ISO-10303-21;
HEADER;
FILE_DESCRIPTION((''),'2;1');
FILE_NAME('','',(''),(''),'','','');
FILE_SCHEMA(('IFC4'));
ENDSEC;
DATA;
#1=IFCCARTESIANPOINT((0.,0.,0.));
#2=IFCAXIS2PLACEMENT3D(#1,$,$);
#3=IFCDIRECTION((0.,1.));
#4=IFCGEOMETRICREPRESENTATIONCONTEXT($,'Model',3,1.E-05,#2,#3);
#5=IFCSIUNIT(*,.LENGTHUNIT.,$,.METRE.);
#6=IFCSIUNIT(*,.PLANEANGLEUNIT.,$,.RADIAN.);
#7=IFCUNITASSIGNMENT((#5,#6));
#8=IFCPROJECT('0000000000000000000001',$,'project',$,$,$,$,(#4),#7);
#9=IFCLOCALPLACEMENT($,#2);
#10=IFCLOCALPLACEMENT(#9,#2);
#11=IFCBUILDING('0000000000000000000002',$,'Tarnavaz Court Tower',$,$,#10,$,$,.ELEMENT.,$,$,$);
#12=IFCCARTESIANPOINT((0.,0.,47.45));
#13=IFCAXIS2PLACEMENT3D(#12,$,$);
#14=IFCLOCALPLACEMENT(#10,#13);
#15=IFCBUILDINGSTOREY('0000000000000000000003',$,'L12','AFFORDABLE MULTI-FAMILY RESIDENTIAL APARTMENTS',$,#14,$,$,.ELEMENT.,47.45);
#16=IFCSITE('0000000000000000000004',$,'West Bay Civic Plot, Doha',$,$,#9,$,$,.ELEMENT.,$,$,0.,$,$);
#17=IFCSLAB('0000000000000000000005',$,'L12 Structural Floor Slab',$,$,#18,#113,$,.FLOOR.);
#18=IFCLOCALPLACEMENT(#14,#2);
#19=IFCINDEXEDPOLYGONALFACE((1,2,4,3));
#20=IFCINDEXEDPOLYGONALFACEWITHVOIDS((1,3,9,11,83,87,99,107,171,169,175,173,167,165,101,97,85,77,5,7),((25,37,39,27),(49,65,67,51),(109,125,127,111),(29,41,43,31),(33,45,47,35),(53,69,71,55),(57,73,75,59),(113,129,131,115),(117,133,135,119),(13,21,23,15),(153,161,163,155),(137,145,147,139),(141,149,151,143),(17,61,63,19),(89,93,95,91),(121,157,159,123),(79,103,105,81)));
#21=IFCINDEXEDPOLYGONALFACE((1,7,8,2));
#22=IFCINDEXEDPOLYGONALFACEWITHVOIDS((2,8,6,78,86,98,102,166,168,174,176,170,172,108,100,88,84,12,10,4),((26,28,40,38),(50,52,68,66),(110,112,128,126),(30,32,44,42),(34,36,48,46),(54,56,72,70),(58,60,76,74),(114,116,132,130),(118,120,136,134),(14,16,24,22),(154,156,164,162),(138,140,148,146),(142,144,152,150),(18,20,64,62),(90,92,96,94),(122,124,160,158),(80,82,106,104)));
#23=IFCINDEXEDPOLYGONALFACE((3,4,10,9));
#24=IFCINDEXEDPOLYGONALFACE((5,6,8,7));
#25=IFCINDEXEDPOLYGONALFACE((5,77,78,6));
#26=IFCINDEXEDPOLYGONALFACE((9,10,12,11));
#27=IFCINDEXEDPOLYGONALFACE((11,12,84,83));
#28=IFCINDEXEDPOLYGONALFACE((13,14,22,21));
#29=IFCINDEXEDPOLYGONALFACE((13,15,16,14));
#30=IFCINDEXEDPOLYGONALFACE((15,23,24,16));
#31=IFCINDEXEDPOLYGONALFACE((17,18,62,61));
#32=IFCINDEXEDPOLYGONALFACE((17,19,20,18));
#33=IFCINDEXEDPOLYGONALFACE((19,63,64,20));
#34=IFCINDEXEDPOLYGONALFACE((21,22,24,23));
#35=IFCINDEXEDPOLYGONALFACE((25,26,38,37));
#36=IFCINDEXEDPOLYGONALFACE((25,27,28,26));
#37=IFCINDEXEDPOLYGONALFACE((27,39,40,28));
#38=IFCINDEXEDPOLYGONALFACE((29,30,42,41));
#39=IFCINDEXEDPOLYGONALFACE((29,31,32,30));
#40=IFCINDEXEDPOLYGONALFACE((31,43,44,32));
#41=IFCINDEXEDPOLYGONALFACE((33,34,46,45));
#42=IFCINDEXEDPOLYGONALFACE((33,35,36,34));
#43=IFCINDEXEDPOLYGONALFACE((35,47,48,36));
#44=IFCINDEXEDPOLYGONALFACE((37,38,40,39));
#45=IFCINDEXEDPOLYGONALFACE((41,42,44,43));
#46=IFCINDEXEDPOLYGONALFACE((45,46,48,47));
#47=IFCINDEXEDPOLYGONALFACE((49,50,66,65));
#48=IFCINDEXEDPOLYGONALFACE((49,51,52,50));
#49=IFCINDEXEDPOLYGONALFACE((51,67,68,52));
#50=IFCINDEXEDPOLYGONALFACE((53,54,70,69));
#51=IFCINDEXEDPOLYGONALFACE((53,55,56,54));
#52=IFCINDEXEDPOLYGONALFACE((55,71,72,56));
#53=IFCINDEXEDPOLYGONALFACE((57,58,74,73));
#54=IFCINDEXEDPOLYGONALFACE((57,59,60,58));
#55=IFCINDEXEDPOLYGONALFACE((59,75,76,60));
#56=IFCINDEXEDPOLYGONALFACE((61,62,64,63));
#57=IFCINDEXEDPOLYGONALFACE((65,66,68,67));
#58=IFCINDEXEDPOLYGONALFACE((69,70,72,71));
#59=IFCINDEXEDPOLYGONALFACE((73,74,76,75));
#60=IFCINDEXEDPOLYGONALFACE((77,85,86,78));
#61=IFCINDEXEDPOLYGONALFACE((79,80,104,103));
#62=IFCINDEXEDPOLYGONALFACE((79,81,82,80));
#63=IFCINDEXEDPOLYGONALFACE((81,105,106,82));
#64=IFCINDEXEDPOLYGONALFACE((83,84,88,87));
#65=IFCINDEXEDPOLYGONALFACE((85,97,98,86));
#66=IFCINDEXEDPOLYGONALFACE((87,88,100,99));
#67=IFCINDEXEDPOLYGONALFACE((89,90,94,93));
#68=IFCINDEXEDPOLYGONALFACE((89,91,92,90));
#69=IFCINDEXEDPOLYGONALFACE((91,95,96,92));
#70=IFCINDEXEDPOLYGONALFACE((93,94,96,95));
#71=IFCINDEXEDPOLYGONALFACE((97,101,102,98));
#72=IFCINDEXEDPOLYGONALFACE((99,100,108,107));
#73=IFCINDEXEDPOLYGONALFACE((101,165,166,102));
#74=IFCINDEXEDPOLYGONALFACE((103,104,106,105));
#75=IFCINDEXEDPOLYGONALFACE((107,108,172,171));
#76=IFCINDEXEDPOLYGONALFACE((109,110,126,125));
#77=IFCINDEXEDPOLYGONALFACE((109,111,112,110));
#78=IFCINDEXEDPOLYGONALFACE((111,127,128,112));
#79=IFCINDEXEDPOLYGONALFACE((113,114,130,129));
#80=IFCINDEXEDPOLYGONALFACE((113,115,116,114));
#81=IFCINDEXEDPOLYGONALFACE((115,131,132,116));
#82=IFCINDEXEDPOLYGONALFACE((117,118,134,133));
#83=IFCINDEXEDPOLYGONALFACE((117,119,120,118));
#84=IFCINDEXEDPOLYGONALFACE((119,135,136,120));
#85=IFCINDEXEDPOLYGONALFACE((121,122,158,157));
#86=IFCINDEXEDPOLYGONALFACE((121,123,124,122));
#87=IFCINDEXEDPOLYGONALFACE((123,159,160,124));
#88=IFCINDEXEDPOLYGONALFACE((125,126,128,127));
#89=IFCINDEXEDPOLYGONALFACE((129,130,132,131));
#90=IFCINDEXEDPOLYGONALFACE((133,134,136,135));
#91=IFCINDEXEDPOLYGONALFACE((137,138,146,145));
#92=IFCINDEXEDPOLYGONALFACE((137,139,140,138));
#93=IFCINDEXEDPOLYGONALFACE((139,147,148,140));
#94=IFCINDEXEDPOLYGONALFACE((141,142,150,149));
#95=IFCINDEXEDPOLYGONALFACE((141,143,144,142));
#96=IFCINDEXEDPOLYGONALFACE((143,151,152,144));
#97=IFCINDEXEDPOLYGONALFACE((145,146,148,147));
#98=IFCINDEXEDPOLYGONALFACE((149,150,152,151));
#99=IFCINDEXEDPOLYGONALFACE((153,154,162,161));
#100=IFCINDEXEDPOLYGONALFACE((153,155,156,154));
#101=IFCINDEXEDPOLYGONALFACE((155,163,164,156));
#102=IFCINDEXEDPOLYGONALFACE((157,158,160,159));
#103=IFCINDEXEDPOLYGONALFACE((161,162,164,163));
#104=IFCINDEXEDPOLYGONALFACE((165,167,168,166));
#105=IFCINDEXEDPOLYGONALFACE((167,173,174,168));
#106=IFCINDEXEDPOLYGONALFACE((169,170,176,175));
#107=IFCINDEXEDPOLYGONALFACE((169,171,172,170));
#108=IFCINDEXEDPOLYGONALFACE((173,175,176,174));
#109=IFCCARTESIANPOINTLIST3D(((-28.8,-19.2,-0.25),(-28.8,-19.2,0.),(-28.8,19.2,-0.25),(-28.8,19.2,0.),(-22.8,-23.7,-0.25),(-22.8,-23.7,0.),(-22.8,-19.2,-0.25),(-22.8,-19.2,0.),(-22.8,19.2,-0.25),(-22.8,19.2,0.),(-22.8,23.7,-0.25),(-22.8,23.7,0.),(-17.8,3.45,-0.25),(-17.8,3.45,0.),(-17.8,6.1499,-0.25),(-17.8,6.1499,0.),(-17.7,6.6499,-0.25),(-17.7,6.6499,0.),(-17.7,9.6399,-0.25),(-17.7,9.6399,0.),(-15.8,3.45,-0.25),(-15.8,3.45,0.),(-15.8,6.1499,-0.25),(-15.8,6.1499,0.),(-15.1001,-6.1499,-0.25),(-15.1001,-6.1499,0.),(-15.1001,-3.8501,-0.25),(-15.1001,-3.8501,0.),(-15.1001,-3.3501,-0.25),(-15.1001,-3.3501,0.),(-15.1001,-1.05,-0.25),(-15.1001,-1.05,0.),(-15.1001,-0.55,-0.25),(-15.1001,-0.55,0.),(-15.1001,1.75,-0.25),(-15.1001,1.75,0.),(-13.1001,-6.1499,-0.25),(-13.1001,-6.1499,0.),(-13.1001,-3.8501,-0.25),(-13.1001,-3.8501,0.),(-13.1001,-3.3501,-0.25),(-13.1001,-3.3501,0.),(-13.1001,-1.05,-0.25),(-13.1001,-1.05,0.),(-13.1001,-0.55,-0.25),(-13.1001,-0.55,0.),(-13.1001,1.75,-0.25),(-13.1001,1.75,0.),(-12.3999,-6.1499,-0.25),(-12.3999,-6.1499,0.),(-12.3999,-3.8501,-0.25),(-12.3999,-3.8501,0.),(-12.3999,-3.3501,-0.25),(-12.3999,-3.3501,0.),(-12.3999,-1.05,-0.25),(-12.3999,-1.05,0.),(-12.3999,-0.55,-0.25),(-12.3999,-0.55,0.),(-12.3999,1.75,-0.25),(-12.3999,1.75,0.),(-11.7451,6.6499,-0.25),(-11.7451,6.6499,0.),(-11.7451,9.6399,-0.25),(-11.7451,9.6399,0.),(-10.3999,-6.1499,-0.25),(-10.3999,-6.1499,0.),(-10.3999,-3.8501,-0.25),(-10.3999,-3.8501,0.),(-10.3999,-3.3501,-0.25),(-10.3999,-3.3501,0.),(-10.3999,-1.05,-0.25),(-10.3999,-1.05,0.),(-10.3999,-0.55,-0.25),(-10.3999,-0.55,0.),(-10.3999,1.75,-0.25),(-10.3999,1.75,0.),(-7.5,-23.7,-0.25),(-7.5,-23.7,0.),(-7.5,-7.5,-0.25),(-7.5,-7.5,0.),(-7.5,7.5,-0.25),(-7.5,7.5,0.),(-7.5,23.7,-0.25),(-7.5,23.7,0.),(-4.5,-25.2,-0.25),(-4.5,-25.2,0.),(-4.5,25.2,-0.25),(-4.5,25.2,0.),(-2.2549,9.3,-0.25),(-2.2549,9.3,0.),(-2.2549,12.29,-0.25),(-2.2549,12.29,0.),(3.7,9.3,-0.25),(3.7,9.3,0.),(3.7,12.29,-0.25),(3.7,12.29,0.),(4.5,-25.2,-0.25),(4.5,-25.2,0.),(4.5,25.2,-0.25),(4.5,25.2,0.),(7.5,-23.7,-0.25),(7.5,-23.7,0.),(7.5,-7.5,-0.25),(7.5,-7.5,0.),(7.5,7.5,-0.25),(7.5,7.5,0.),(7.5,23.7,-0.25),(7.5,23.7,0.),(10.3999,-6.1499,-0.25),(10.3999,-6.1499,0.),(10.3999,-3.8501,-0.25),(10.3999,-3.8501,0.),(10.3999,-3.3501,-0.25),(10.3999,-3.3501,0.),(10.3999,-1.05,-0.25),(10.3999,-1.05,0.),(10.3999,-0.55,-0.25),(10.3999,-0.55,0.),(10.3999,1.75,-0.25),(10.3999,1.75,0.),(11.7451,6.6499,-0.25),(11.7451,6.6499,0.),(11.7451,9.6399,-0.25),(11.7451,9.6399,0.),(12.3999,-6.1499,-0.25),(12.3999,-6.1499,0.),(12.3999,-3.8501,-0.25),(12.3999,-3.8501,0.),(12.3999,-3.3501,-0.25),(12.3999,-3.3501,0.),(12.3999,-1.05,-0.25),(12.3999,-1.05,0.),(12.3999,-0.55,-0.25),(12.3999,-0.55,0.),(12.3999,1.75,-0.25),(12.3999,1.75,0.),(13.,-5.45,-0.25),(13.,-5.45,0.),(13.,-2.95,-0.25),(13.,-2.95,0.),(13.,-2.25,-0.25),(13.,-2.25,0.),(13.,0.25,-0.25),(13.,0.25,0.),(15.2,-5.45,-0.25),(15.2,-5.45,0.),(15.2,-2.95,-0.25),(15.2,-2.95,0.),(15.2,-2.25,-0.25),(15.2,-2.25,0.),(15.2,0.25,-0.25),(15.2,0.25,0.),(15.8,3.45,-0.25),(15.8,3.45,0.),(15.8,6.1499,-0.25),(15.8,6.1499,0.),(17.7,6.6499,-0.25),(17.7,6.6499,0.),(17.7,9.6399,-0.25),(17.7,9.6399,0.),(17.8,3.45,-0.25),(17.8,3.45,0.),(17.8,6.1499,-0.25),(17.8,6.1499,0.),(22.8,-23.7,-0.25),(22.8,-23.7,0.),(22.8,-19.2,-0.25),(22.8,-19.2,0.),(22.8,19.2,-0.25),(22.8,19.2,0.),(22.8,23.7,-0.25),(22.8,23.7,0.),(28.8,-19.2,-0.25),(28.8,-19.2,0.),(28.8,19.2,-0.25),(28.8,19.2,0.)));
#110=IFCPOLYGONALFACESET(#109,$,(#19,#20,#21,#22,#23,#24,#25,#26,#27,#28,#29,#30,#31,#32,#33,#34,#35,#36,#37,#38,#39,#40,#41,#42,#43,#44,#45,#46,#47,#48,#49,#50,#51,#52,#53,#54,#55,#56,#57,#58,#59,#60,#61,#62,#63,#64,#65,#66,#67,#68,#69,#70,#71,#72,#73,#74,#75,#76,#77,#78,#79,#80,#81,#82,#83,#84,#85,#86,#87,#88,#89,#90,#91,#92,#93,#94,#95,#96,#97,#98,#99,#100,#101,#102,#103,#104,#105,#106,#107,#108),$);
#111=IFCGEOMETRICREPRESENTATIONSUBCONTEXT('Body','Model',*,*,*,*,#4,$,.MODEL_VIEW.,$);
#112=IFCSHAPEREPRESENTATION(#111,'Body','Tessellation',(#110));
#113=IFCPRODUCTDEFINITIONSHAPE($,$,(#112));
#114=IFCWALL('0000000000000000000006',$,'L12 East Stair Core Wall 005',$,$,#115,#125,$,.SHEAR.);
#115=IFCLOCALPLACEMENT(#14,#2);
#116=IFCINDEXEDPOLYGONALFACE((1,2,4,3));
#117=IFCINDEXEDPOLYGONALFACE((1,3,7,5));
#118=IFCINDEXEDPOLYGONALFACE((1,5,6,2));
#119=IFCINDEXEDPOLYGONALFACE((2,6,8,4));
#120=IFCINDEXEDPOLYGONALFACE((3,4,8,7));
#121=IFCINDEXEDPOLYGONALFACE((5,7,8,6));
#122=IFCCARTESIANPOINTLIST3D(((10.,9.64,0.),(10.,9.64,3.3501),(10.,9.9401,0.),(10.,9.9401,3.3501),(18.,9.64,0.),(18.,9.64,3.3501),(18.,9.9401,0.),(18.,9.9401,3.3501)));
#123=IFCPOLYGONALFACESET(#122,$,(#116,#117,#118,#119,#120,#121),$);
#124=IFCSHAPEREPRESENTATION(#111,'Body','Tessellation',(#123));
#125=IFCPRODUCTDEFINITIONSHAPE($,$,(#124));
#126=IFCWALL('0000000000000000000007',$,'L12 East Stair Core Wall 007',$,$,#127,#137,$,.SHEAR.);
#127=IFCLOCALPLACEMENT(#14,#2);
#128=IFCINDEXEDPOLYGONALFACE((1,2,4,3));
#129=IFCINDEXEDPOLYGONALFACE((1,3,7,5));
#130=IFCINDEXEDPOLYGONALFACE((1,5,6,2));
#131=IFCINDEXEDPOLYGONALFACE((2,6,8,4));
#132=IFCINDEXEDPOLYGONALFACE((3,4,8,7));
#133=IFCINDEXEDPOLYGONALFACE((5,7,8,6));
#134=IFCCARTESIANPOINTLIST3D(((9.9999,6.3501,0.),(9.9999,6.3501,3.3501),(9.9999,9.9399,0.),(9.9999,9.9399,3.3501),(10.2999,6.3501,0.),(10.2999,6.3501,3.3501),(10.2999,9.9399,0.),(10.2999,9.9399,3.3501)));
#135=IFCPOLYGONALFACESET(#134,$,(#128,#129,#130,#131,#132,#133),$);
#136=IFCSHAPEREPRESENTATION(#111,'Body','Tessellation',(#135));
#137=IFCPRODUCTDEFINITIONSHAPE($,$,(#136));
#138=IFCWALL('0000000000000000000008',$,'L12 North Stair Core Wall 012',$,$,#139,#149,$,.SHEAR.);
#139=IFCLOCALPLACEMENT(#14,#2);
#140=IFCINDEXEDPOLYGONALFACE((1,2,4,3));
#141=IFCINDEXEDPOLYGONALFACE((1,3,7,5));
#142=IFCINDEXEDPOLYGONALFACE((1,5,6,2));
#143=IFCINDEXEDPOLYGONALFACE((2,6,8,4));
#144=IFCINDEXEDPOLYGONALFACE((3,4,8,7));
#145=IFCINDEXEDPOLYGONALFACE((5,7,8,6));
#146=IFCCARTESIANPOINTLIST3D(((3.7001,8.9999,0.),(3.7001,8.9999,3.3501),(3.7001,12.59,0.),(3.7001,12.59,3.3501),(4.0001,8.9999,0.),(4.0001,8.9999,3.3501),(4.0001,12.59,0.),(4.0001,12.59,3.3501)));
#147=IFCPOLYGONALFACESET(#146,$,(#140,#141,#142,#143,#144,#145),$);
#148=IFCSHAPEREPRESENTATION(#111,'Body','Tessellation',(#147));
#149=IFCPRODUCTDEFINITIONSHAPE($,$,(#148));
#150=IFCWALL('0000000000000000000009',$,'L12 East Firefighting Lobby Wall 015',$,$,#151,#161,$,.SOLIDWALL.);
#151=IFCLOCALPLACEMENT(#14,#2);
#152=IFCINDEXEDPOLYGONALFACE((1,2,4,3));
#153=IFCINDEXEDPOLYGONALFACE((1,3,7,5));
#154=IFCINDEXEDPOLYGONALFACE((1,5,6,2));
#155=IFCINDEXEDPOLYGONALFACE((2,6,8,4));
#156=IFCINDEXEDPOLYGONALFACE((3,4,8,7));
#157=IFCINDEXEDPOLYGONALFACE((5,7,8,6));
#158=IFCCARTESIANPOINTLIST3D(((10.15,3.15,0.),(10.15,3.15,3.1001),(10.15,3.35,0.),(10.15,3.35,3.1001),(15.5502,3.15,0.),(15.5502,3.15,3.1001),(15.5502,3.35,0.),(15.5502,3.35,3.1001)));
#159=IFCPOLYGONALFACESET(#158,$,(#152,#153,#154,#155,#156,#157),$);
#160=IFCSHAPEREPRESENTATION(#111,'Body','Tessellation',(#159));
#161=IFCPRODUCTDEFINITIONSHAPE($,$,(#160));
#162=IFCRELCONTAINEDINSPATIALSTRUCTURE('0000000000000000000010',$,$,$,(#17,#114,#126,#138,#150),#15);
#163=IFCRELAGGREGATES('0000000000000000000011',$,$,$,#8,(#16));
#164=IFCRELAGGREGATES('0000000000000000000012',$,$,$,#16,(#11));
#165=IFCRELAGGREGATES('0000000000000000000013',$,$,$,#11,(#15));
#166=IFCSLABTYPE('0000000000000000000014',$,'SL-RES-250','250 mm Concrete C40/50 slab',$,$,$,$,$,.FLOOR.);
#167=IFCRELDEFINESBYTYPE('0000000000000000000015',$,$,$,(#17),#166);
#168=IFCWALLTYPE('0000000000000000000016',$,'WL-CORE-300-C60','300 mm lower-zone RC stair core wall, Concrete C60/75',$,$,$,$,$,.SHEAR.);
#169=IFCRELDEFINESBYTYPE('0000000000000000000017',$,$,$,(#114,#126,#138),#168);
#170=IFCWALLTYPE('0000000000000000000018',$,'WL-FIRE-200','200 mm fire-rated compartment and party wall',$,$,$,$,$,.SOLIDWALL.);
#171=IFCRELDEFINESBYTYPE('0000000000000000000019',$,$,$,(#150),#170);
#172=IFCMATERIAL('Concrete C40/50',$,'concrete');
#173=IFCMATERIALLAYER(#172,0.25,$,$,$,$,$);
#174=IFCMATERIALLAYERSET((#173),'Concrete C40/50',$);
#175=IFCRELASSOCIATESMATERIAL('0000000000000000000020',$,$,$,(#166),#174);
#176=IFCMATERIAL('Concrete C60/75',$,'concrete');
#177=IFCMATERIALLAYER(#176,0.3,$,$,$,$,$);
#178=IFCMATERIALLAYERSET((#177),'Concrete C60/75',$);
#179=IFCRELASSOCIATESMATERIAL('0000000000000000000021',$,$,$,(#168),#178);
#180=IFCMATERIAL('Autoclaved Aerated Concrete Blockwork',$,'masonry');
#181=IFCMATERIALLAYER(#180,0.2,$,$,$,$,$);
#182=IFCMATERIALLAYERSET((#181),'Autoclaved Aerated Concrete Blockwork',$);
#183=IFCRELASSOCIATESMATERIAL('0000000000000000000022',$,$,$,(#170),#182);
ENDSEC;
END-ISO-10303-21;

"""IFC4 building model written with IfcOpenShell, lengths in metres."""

from ifc_helpers import new_model, si_unit, direction, frame, frame_2d, origin, place, context, subcontext, project, spatial, polyline, rectangle, outline, extrude, material, layer, layer_set, type_object, element, save


model = new_model("IFC4")

# Units and contexts
model_context = context("Model", 3, precision=1e-05, world=origin(), true_north=direction((0.0, 1.0)))
body_context = subcontext(model_context, "Body", "Model", "MODEL_VIEW")
ifc_project = project(units=[si_unit("LENGTHUNIT", "METRE"), si_unit("PLANEANGLEUNIT", "RADIAN")], contexts=[model_context])

# Site, building, storey
site_placement = place(None, origin())
site = spatial("IfcSite", under=ifc_project, at=site_placement, Name="West Bay Civic Plot, Doha", CompositionType="ELEMENT", RefElevation=0.0)
building_placement = place(site_placement, origin())
building = spatial("IfcBuilding", under=site, at=building_placement, Name="Tarnavaz Court Tower", CompositionType="ELEMENT")
storey_placement = place(building_placement, frame((0.0, 0.0, 47.45)))
storey = spatial("IfcBuildingStorey", under=building, at=storey_placement, Name="L12", Description="AFFORDABLE MULTI-FAMILY RESIDENTIAL APARTMENTS", CompositionType="ELEMENT", Elevation=47.45)

# Shared definitions
ifc_material_1 = material(Name="Concrete C60/75", Category="concrete")

# Shared definitions
ifc_material_2 = material(Name="Concrete C40/50", Category="concrete")

# Slab
ifc_layer_1 = layer(ifc_material_2, 0.25)
ifc_layer_set_1 = layer_set([ifc_layer_1], Name="Concrete C40/50")
slab_type_1 = type_object("IfcSlabType", Name="SL-RES-250", Description="250 mm Concrete C40/50 slab", PredefinedType="FLOOR", material=ifc_layer_set_1)
slab_1_placement = place(storey_placement, frame((0.0, 0.0, -0.25)))
element("IfcSlab", 1, at=slab_1_placement, inside=storey, type_object=slab_type_1, Name="L12 Structural Floor Slab", PredefinedType="FLOOR", context=body_context, shape_type="SweptSolid", body=[
    extrude(outline(polyline([(-22.8, -23.7), (-7.5, -23.7), (-4.5, -25.2), (4.5, -25.2), (7.5, -23.7), (22.8, -23.7), (22.8, -19.2), (28.8, -19.2), (28.8, 19.2), (22.8, 19.2), (22.8, 23.7), (7.5, 23.7), (4.5, 25.2), (-4.5, 25.2), (-7.5, 23.7), (-22.8, 23.7), (-22.8, 19.2), (-28.8, 19.2), (-28.8, -19.2), (-22.8, -19.2), (-22.8, -23.7)]), holes=[polyline([(-7.5, -7.5), (7.5, -7.5), (7.5, 7.5), (-7.5, 7.5), (-7.5, -7.5)]), polyline([(-11.7451, 9.6399), (-17.7, 9.6399), (-17.7, 6.6499), (-11.7451, 6.6499), (-11.7451, 9.6399)]), polyline([(11.7451, 6.6499), (17.7, 6.6499), (17.7, 9.6399), (11.7451, 9.6399), (11.7451, 6.6499)]), polyline([(-2.2549, 9.3), (3.7, 9.3), (3.7, 12.29), (-2.2549, 12.29), (-2.2549, 9.3)]), polyline([(-17.8, 3.45), (-15.8, 3.45), (-15.8, 6.1499), (-17.8, 6.1499), (-17.8, 3.45)]), polyline([(-12.3999, -6.1499), (-10.3999, -6.1499), (-10.3999, -3.8501), (-12.3999, -3.8501), (-12.3999, -6.1499)]), polyline([(-12.3999, -3.3501), (-10.3999, -3.3501), (-10.3999, -1.05), (-12.3999, -1.05), (-12.3999, -3.3501)]), polyline([(-12.3999, -0.55), (-10.3999, -0.55), (-10.3999, 1.75), (-12.3999, 1.75), (-12.3999, -0.55)]), polyline([(-15.1001, -6.1499), (-13.1001, -6.1499), (-13.1001, -3.8501), (-15.1001, -3.8501), (-15.1001, -6.1499)]), polyline([(-15.1001, -3.3501), (-13.1001, -3.3501), (-13.1001, -1.05), (-15.1001, -1.05), (-15.1001, -3.3501)]), polyline([(-15.1001, -0.55), (-13.1001, -0.55), (-13.1001, 1.75), (-15.1001, 1.75), (-15.1001, -0.55)]), polyline([(15.8, 3.45), (17.8, 3.45), (17.8, 6.1499), (15.8, 6.1499), (15.8, 3.45)]), polyline([(10.3999, -6.1499), (12.3999, -6.1499), (12.3999, -3.8501), (10.3999, -3.8501), (10.3999, -6.1499)]), polyline([(10.3999, -3.3501), (12.3999, -3.3501), (12.3999, -1.05), (10.3999, -1.05), (10.3999, -3.3501)]), polyline([(10.3999, -0.55), (12.3999, -0.55), (12.3999, 1.75), (10.3999, 1.75), (10.3999, -0.55)]), polyline([(13.0, -5.45), (15.2, -5.45), (15.2, -2.95), (13.0, -2.95), (13.0, -5.45)]), polyline([(13.0, -2.25), (15.2, -2.25), (15.2, 0.25), (13.0, 0.25), (13.0, -2.25)])]), origin(), (0.0, 0.0, 1.0), 0.25),
])

# Wall
ifc_layer_2 = layer(ifc_material_1, 0.3)
ifc_layer_set_2 = layer_set([ifc_layer_2], Name="Concrete C60/75")
wall_type_1 = type_object("IfcWallType", Name="WL-CORE-300-C60", Description="300 mm lower-zone RC stair core wall, Concrete C60/75", PredefinedType="SHEAR", material=ifc_layer_set_2)
wall_1_placement = place(storey_placement, frame((10.0, 9.79, 0.0), z_axis=(0.0, 0.0, 1.0), x_axis=(1.0, 0.0, 0.0)))
element("IfcWall", 2, at=wall_1_placement, inside=storey, type_object=wall_type_1, Name="L12 East Stair Core Wall 005", PredefinedType="SHEAR", context=body_context, shape_type="SweptSolid", body=[
    extrude(rectangle(XDim=8.0, YDim=0.3, at=frame_2d((4.0, 0.0))), origin(), (0.0, 0.0, 1.0), 3.3501),
])

# Walls
wall_2_placement = place(storey_placement, frame((10.1499, 6.3501, 0.0), z_axis=(0.0, 0.0, 1.0), x_axis=(0.0, 1.0, 0.0)))
element("IfcWall", 3, at=wall_2_placement, inside=storey, type_object=wall_type_1, Name="L12 East Stair Core Wall 007", PredefinedType="SHEAR", context=body_context, shape_type="SweptSolid", body=[
    extrude(rectangle(XDim=3.5898, YDim=0.3, at=frame_2d((1.7949, 0.0))), origin(), (0.0, 0.0, 1.0), 3.3501),
])
wall_3_placement = place(storey_placement, frame((3.8501, 9.0, 0.0), z_axis=(0.0, 0.0, 1.0), x_axis=(0.0, 1.0, 0.0)))
element("IfcWall", 4, at=wall_3_placement, inside=storey, type_object=wall_type_1, Name="L12 North Stair Core Wall 012", PredefinedType="SHEAR", context=body_context, shape_type="SweptSolid", body=[
    extrude(rectangle(XDim=3.5901, YDim=0.3, at=frame_2d((1.7949, 0.0))), origin(), (0.0, 0.0, 1.0), 3.3501),
])
ifc_material_3 = material(Name="Autoclaved Aerated Concrete Blockwork", Category="masonry")
ifc_layer_3 = layer(ifc_material_3, 0.2)
ifc_layer_set_3 = layer_set([ifc_layer_3], Name="Autoclaved Aerated Concrete Blockwork")
wall_type_2 = type_object("IfcWallType", Name="WL-FIRE-200", Description="200 mm fire-rated compartment and party wall", PredefinedType="SOLIDWALL", material=ifc_layer_set_3)
wall_4_placement = place(storey_placement, frame((10.1499, 3.25, 0.0), z_axis=(0.0, 0.0, 1.0), x_axis=(1.0, 0.0, 0.0)))
element("IfcWall", 5, at=wall_4_placement, inside=storey, type_object=wall_type_2, Name="L12 East Firefighting Lobby Wall 015", PredefinedType="SOLIDWALL", context=body_context, shape_type="SweptSolid", body=[
    extrude(rectangle(XDim=5.4001, YDim=0.2, at=frame_2d((2.7002, 0.0))), origin(), (0.0, 0.0, 1.0), 3.1001),
])

save(model, "model.ifc")
